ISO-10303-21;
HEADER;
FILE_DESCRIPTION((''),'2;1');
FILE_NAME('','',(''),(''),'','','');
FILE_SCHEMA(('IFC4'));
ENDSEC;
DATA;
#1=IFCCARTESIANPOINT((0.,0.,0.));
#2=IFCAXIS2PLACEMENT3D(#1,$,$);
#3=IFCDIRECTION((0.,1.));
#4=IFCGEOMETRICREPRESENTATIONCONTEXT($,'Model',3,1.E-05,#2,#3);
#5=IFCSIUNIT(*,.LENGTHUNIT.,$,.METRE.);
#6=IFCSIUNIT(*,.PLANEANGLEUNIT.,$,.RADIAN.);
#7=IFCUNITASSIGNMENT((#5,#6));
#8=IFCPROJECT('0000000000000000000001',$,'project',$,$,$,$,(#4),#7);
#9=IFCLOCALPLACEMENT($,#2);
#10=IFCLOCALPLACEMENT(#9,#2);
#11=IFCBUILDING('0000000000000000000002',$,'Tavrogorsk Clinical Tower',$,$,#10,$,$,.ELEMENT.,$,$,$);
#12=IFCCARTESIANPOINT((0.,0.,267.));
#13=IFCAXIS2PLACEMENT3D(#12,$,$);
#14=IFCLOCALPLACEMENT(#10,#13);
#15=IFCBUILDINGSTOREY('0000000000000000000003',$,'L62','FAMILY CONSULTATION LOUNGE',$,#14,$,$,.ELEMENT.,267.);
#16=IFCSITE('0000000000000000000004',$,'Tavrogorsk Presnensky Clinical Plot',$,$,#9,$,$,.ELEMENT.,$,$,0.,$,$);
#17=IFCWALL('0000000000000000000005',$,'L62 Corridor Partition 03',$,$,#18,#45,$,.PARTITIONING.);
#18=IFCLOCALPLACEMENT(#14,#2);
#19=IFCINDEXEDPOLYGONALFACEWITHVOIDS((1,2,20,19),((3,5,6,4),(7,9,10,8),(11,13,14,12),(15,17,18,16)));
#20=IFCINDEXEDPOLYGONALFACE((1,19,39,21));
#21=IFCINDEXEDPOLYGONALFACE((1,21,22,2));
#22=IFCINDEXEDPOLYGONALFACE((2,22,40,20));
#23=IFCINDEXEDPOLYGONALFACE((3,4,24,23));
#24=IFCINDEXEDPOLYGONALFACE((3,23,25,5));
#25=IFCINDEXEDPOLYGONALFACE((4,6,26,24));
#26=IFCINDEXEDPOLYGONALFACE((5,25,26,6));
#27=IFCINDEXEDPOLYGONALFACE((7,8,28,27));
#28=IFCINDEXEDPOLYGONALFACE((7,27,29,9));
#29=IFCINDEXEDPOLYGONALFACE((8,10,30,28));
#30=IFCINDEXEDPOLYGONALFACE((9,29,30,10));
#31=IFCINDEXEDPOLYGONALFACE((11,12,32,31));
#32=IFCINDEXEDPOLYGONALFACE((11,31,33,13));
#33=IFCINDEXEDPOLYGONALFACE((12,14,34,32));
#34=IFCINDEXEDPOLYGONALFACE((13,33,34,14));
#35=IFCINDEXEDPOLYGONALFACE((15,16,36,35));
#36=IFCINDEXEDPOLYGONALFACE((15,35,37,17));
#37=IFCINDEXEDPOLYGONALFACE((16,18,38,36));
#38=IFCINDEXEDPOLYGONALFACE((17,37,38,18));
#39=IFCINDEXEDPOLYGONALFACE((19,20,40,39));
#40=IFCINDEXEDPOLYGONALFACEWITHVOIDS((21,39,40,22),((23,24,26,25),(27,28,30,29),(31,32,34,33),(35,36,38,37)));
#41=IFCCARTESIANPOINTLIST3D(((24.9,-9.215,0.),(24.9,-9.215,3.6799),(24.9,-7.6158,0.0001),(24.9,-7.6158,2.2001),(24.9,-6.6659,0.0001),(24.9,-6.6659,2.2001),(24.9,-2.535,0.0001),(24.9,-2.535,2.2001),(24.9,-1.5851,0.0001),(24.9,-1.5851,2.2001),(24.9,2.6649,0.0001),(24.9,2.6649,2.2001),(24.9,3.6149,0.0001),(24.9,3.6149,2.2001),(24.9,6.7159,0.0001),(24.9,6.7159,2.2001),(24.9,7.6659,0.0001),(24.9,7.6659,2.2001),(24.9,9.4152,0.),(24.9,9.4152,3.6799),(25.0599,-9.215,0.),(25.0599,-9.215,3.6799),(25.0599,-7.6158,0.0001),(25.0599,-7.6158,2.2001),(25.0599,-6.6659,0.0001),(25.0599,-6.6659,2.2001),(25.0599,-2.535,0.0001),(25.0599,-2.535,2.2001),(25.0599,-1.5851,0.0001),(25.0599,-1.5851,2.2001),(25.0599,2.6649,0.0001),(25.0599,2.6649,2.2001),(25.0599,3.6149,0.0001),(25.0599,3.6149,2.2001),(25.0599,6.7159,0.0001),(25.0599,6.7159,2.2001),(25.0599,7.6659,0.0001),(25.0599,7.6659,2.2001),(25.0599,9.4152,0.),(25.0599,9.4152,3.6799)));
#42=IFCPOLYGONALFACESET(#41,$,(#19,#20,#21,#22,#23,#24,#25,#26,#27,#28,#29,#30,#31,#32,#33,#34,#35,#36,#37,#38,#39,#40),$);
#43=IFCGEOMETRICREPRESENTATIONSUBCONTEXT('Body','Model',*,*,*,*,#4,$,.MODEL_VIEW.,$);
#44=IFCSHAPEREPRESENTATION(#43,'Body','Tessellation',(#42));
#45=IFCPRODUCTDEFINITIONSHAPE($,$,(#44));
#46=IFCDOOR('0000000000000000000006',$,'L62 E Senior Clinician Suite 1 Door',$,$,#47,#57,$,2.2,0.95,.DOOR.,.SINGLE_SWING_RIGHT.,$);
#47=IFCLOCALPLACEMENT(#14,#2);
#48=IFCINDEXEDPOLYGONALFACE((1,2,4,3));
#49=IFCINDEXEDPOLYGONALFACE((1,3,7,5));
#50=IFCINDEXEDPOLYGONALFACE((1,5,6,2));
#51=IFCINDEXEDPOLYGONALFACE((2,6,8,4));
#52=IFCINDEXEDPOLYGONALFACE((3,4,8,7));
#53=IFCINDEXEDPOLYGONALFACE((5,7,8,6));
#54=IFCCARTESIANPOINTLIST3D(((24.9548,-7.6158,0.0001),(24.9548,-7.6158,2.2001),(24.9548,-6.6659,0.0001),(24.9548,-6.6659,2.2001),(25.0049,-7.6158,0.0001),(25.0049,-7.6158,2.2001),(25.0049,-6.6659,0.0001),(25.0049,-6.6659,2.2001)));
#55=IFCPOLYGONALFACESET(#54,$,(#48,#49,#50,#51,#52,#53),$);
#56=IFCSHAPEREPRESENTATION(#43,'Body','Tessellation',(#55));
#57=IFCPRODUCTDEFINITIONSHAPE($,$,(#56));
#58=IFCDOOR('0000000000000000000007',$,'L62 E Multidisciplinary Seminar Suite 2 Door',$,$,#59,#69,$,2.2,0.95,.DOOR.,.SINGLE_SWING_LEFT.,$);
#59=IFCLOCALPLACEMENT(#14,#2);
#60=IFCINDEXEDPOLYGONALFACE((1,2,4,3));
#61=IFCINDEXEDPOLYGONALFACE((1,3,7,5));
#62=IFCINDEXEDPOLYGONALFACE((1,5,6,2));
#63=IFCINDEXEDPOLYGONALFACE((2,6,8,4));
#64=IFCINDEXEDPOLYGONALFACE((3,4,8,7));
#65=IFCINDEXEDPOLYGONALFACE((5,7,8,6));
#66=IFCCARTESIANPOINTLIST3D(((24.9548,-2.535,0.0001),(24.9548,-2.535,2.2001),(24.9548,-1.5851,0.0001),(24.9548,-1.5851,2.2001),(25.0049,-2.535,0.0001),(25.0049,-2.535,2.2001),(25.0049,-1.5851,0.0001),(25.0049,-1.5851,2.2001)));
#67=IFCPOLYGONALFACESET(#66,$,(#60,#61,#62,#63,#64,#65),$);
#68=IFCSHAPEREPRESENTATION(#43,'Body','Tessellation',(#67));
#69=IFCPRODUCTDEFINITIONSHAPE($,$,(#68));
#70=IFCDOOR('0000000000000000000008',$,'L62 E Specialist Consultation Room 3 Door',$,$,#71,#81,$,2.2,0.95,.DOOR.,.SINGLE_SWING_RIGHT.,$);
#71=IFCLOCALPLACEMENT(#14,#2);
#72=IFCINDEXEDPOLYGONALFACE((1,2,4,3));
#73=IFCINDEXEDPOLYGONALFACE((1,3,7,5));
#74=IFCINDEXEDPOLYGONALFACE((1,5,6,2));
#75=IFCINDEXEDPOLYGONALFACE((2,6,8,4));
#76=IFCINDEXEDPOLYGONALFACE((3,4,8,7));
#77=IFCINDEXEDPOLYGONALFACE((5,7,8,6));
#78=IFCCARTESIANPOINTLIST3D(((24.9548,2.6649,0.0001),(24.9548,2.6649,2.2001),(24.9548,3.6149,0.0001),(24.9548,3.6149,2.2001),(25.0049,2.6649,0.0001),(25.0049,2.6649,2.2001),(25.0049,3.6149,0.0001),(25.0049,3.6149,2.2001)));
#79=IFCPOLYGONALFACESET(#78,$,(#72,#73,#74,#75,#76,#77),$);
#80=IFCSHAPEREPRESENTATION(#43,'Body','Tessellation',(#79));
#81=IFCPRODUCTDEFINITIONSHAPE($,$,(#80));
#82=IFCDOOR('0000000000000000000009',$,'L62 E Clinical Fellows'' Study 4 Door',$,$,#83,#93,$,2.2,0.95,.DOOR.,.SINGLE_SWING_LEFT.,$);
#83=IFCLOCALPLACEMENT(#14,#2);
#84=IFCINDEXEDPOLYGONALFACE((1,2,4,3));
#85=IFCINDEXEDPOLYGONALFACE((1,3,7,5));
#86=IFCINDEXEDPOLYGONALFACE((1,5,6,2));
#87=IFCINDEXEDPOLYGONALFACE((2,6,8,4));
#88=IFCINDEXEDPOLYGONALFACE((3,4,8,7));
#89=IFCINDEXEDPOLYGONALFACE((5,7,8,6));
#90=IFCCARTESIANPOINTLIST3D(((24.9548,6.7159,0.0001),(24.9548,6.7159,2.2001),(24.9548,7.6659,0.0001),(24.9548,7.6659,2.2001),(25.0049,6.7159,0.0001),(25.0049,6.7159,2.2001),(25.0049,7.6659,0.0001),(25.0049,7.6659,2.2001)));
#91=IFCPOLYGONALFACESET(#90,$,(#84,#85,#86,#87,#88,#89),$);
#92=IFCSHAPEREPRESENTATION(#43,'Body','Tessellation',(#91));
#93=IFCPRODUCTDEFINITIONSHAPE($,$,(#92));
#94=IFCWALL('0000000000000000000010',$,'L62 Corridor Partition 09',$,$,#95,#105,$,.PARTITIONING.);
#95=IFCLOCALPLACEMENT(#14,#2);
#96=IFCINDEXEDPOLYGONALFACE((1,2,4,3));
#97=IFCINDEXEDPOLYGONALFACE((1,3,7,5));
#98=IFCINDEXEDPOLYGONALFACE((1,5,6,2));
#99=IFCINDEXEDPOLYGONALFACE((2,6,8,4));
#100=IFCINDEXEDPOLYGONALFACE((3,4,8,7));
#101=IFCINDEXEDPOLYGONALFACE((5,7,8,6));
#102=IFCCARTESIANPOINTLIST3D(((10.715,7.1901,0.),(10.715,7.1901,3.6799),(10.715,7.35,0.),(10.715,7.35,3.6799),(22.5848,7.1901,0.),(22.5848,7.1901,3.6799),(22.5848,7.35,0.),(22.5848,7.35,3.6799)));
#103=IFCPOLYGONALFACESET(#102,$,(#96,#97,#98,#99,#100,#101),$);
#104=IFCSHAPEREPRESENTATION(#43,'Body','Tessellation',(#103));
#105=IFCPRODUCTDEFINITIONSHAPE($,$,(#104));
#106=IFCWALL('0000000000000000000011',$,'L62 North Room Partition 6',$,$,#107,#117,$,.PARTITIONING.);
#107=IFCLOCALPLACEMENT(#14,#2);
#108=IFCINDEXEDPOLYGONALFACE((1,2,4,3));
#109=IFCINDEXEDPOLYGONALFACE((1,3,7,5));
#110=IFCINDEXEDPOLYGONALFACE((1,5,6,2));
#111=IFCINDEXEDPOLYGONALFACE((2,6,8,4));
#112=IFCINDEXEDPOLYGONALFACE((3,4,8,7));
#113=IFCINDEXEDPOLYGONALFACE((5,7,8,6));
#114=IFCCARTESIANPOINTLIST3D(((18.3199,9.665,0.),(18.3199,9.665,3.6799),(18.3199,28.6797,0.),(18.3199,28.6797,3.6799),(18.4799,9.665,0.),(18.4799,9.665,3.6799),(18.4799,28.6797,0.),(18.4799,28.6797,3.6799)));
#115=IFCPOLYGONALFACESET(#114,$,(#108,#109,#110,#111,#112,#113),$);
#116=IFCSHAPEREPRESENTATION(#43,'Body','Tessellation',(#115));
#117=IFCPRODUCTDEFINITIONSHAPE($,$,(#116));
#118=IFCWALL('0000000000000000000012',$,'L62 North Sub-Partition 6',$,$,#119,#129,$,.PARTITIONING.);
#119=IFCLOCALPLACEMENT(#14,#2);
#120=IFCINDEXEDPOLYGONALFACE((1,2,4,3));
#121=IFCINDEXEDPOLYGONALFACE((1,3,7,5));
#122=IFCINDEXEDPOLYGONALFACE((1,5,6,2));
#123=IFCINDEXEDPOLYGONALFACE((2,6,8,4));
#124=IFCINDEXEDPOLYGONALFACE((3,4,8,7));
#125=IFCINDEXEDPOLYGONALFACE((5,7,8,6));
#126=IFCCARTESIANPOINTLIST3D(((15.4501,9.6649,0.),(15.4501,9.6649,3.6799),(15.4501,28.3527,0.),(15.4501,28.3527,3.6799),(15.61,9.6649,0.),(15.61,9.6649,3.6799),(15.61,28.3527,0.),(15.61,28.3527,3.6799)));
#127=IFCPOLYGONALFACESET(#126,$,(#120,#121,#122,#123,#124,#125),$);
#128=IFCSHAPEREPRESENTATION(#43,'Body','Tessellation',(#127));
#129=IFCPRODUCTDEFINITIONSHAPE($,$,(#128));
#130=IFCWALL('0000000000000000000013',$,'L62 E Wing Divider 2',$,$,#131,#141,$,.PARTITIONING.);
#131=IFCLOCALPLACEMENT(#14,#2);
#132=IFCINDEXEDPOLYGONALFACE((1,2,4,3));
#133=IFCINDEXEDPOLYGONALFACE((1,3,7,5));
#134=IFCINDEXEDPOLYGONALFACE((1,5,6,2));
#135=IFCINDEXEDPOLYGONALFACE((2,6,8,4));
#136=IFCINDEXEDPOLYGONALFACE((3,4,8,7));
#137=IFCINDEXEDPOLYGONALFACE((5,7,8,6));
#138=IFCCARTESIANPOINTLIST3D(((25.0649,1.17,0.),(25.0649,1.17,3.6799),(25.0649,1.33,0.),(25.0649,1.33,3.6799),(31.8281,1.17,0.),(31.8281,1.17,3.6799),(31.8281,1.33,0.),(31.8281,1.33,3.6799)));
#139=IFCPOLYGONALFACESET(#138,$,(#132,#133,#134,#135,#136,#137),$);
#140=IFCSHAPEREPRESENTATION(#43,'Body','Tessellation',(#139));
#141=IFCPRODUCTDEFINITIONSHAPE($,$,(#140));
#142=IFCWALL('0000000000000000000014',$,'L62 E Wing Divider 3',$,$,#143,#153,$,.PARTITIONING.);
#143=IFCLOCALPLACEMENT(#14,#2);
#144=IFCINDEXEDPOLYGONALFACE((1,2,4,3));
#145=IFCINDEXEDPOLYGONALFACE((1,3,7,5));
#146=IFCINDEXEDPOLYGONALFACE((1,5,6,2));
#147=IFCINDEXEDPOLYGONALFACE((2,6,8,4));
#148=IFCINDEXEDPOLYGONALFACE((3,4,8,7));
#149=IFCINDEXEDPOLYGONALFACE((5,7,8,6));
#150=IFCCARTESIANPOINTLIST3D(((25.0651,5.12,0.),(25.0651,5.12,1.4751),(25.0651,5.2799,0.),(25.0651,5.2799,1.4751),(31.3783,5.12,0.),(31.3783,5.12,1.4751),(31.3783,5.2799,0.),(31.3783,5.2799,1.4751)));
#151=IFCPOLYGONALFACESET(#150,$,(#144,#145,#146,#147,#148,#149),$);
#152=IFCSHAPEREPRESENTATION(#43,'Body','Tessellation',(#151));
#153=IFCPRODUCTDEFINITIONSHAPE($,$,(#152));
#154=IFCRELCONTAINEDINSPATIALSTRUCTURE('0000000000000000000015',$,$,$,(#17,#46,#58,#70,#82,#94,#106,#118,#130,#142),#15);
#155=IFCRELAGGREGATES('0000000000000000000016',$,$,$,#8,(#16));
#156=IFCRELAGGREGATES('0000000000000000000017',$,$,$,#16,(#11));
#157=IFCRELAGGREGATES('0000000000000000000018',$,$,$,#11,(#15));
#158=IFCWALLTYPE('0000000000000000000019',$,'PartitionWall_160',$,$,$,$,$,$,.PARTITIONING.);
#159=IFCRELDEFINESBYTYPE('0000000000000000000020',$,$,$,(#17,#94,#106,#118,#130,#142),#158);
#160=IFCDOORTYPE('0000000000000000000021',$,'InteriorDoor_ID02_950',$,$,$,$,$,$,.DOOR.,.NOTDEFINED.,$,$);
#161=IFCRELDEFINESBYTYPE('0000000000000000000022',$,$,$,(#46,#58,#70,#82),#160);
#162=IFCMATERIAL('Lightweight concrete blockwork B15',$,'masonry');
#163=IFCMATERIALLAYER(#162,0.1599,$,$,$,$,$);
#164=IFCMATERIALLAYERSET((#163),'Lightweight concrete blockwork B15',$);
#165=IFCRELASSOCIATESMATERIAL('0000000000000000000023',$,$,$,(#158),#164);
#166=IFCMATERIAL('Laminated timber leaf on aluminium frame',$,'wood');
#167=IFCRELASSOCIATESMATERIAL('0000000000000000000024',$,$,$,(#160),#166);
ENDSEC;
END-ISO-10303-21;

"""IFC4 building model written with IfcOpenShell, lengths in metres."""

from ifc_helpers import new_model, si_unit, direction, frame, frame_2d, origin, place, context, subcontext, project, spatial, rectangle, extrude, material, layer, layer_set, type_object, element, fill, save


model = new_model("IFC4")

# Units and contexts
model_context = context("Model", 3, precision=1e-05, world=origin(), true_north=direction((0.0, 1.0)))
body_context = subcontext(model_context, "Body", "Model", "MODEL_VIEW")
ifc_project = project(units=[si_unit("LENGTHUNIT", "METRE"), si_unit("PLANEANGLEUNIT", "RADIAN")], contexts=[model_context])

# Site, building, storey
site_placement = place(None, origin())
site = spatial("IfcSite", under=ifc_project, at=site_placement, Name="Tavrogorsk Presnensky Clinical Plot", CompositionType="ELEMENT", RefElevation=0.0)
building_placement = place(site_placement, origin())
building = spatial("IfcBuilding", under=site, at=building_placement, Name="Tavrogorsk Clinical Tower", CompositionType="ELEMENT")
storey_placement = place(building_placement, frame((0.0, 0.0, 267.0)))
storey = spatial("IfcBuildingStorey", under=building, at=storey_placement, Name="L62", Description="FAMILY CONSULTATION LOUNGE", CompositionType="ELEMENT", Elevation=267.0)

# Wall, openings, doors
ifc_material_1 = material(Name="Lightweight concrete blockwork B15", Category="masonry")
ifc_layer_1 = layer(ifc_material_1, 0.1599)
ifc_layer_set_1 = layer_set([ifc_layer_1], Name="Lightweight concrete blockwork B15")
wall_type_1 = type_object("IfcWallType", Name="PartitionWall_160", PredefinedType="PARTITIONING", material=ifc_layer_set_1)
wall_1_placement = place(storey_placement, frame((24.98, 9.415, 0.0), z_axis=(0.0, 0.0, 1.0), x_axis=(0.0, -1.0, 0.0)))
wall_1 = element("IfcWall", 1, at=wall_1_placement, inside=storey, type_object=wall_type_1, Name="L62 Corridor Partition 03", PredefinedType="PARTITIONING", context=body_context, shape_type="SweptSolid", body=[
    extrude(rectangle(XDim=18.6301, YDim=0.1599, at=frame_2d((9.3149, 0.0))), origin(), (0.0, 0.0, 1.0), 3.6799),
])
opening_1_placement = place(wall_1_placement, frame((16.0808, 0.0, 0.0)))
opening_1 = element("IfcOpeningElement", 2, at=opening_1_placement, cuts=wall_1, PredefinedType="OPENING", context=body_context, shape_type="SweptSolid", body=[
    extrude(rectangle(XDim=0.95, YDim=2.2, at=frame_2d((0.4751, 1.1001))), frame((0.0, 0.0898, 0.0), z_axis=(0.0, -1.0, 0.0), x_axis=(1.0, 0.0, 0.0)), (0.0, 0.0, 1.0), 0.1799),
])
opening_2_placement = place(wall_1_placement, frame((11.0, 0.0, 0.0)))
opening_2 = element("IfcOpeningElement", 3, at=opening_2_placement, cuts=wall_1, PredefinedType="OPENING", context=body_context, shape_type="SweptSolid", body=[
    extrude(rectangle(XDim=0.95, YDim=2.2, at=frame_2d((0.4751, 1.1001))), frame((0.0, 0.0898, 0.0), z_axis=(0.0, -1.0, 0.0), x_axis=(1.0, 0.0, 0.0)), (0.0, 0.0, 1.0), 0.1799),
])
opening_3_placement = place(wall_1_placement, frame((5.8, 0.0, 0.0)))
opening_3 = element("IfcOpeningElement", 4, at=opening_3_placement, cuts=wall_1, PredefinedType="OPENING", context=body_context, shape_type="SweptSolid", body=[
    extrude(rectangle(XDim=0.95, YDim=2.2, at=frame_2d((0.4751, 1.1001))), frame((0.0, 0.0898, 0.0), z_axis=(0.0, -1.0, 0.0), x_axis=(1.0, 0.0, 0.0)), (0.0, 0.0, 1.0), 0.1799),
])
opening_4_placement = place(wall_1_placement, frame((1.749, 0.0, 0.0)))
opening_4 = element("IfcOpeningElement", 5, at=opening_4_placement, cuts=wall_1, PredefinedType="OPENING", context=body_context, shape_type="SweptSolid", body=[
    extrude(rectangle(XDim=0.95, YDim=2.2, at=frame_2d((0.4751, 1.1001))), frame((0.0, 0.0898, 0.0), z_axis=(0.0, -1.0, 0.0), x_axis=(1.0, 0.0, 0.0)), (0.0, 0.0, 1.0), 0.1799),
])
ifc_material_2 = material(Name="Laminated timber leaf on aluminium frame", Category="wood")
door_type_1 = type_object("IfcDoorType", Name="InteriorDoor_ID02_950", OperationType="NOTDEFINED", PredefinedType="DOOR", material=ifc_material_2)
door_1_placement = place(opening_1_placement, origin())
door_1 = element("IfcDoor", 6, at=door_1_placement, inside=storey, type_object=door_type_1, Name="L62 E Senior Clinician Suite 1 Door", OperationType="SINGLE_SWING_RIGHT", OverallHeight=2.2, OverallWidth=0.95, PredefinedType="DOOR", context=body_context, shape_type="SweptSolid", body=[
    extrude(rectangle(XDim=0.95, YDim=2.2, at=frame_2d((0.4751, 1.1001))), frame((0.0, 0.0249, 0.0), z_axis=(0.0, -1.0, 0.0), x_axis=(1.0, 0.0, 0.0)), (0.0, 0.0, 1.0), 0.05),
])
fill(opening_1, door_1)
door_2_placement = place(opening_2_placement, origin())
door_2 = element("IfcDoor", 7, at=door_2_placement, inside=storey, type_object=door_type_1, Name="L62 E Multidisciplinary Seminar Suite 2 Door", OperationType="SINGLE_SWING_LEFT", OverallHeight=2.2, OverallWidth=0.95, PredefinedType="DOOR", context=body_context, shape_type="SweptSolid", body=[
    extrude(rectangle(XDim=0.95, YDim=2.2, at=frame_2d((0.4751, 1.1001))), frame((0.0, 0.0249, 0.0), z_axis=(0.0, -1.0, 0.0), x_axis=(1.0, 0.0, 0.0)), (0.0, 0.0, 1.0), 0.05),
])
fill(opening_2, door_2)
door_3_placement = place(opening_3_placement, origin())
door_3 = element("IfcDoor", 8, at=door_3_placement, inside=storey, type_object=door_type_1, Name="L62 E Specialist Consultation Room 3 Door", OperationType="SINGLE_SWING_RIGHT", OverallHeight=2.2, OverallWidth=0.95, PredefinedType="DOOR", context=body_context, shape_type="SweptSolid", body=[
    extrude(rectangle(XDim=0.95, YDim=2.2, at=frame_2d((0.4751, 1.1001))), frame((0.0, 0.0249, 0.0), z_axis=(0.0, -1.0, 0.0), x_axis=(1.0, 0.0, 0.0)), (0.0, 0.0, 1.0), 0.05),
])
fill(opening_3, door_3)
door_4_placement = place(opening_4_placement, origin())
door_4 = element("IfcDoor", 9, at=door_4_placement, inside=storey, type_object=door_type_1, Name="L62 E Clinical Fellows' Study 4 Door", OperationType="SINGLE_SWING_LEFT", OverallHeight=2.2, OverallWidth=0.95, PredefinedType="DOOR", context=body_context, shape_type="SweptSolid", body=[
    extrude(rectangle(XDim=0.95, YDim=2.2, at=frame_2d((0.4751, 1.1001))), frame((0.0, 0.0249, 0.0), z_axis=(0.0, -1.0, 0.0), x_axis=(1.0, 0.0, 0.0)), (0.0, 0.0, 1.0), 0.05),
])
fill(opening_4, door_4)

# Walls
wall_2_placement = place(storey_placement, frame((22.585, 7.27, 0.0), z_axis=(0.0, 0.0, 1.0), x_axis=(-1.0, 0.0, 0.0)))
element("IfcWall", 10, at=wall_2_placement, inside=storey, type_object=wall_type_1, Name="L62 Corridor Partition 09", PredefinedType="PARTITIONING", context=body_context, shape_type="SweptSolid", body=[
    extrude(rectangle(XDim=11.8699, YDim=0.1599, at=frame_2d((5.9351, 0.0))), origin(), (0.0, 0.0, 1.0), 3.6799),
])
wall_3_placement = place(storey_placement, frame((18.3999, 9.665, 0.0), z_axis=(0.0, 0.0, 1.0), x_axis=(0.0, 1.0, 0.0)))
element("IfcWall", 11, at=wall_3_placement, inside=storey, type_object=wall_type_1, Name="L62 North Room Partition 6", PredefinedType="PARTITIONING", context=body_context, shape_type="SweptSolid", body=[
    extrude(rectangle(XDim=19.0146, YDim=0.1599, at=frame_2d((9.5073, 0.0))), origin(), (0.0, 0.0, 1.0), 3.6799),
])
wall_4_placement = place(storey_placement, frame((15.53, 9.665, 0.0), z_axis=(0.0, 0.0, 1.0), x_axis=(0.0, 1.0, 0.0)))
element("IfcWall", 12, at=wall_4_placement, inside=storey, type_object=wall_type_1, Name="L62 North Sub-Partition 6", PredefinedType="PARTITIONING", context=body_context, shape_type="SweptSolid", body=[
    extrude(rectangle(XDim=18.6877, YDim=0.1599, at=frame_2d((9.3438, 0.0))), origin(), (0.0, 0.0, 1.0), 3.6799),
])
wall_5_placement = place(storey_placement, frame((25.0649, 1.25, 0.0), z_axis=(0.0, 0.0, 1.0), x_axis=(1.0, 0.0, 0.0)))
element("IfcWall", 13, at=wall_5_placement, inside=storey, type_object=wall_type_1, Name="L62 E Wing Divider 2", PredefinedType="PARTITIONING", context=body_context, shape_type="SweptSolid", body=[
    extrude(rectangle(XDim=6.7632, YDim=0.1599, at=frame_2d((3.3816, 0.0))), origin(), (0.0, 0.0, 1.0), 3.6799),
])
wall_6_placement = place(storey_placement, frame((25.0649, 5.2, 0.0), z_axis=(0.0, 0.0, 1.0), x_axis=(1.0, 0.0, 0.0)))
element("IfcWall", 14, at=wall_6_placement, inside=storey, type_object=wall_type_1, Name="L62 E Wing Divider 3", PredefinedType="PARTITIONING", context=body_context, shape_type="SweptSolid", body=[
    extrude(rectangle(XDim=6.3132, YDim=0.1599, at=frame_2d((3.1567, 0.0))), origin(), (0.0, 0.0, 1.0), 1.4751),
])

save(model, "model.ifc")
